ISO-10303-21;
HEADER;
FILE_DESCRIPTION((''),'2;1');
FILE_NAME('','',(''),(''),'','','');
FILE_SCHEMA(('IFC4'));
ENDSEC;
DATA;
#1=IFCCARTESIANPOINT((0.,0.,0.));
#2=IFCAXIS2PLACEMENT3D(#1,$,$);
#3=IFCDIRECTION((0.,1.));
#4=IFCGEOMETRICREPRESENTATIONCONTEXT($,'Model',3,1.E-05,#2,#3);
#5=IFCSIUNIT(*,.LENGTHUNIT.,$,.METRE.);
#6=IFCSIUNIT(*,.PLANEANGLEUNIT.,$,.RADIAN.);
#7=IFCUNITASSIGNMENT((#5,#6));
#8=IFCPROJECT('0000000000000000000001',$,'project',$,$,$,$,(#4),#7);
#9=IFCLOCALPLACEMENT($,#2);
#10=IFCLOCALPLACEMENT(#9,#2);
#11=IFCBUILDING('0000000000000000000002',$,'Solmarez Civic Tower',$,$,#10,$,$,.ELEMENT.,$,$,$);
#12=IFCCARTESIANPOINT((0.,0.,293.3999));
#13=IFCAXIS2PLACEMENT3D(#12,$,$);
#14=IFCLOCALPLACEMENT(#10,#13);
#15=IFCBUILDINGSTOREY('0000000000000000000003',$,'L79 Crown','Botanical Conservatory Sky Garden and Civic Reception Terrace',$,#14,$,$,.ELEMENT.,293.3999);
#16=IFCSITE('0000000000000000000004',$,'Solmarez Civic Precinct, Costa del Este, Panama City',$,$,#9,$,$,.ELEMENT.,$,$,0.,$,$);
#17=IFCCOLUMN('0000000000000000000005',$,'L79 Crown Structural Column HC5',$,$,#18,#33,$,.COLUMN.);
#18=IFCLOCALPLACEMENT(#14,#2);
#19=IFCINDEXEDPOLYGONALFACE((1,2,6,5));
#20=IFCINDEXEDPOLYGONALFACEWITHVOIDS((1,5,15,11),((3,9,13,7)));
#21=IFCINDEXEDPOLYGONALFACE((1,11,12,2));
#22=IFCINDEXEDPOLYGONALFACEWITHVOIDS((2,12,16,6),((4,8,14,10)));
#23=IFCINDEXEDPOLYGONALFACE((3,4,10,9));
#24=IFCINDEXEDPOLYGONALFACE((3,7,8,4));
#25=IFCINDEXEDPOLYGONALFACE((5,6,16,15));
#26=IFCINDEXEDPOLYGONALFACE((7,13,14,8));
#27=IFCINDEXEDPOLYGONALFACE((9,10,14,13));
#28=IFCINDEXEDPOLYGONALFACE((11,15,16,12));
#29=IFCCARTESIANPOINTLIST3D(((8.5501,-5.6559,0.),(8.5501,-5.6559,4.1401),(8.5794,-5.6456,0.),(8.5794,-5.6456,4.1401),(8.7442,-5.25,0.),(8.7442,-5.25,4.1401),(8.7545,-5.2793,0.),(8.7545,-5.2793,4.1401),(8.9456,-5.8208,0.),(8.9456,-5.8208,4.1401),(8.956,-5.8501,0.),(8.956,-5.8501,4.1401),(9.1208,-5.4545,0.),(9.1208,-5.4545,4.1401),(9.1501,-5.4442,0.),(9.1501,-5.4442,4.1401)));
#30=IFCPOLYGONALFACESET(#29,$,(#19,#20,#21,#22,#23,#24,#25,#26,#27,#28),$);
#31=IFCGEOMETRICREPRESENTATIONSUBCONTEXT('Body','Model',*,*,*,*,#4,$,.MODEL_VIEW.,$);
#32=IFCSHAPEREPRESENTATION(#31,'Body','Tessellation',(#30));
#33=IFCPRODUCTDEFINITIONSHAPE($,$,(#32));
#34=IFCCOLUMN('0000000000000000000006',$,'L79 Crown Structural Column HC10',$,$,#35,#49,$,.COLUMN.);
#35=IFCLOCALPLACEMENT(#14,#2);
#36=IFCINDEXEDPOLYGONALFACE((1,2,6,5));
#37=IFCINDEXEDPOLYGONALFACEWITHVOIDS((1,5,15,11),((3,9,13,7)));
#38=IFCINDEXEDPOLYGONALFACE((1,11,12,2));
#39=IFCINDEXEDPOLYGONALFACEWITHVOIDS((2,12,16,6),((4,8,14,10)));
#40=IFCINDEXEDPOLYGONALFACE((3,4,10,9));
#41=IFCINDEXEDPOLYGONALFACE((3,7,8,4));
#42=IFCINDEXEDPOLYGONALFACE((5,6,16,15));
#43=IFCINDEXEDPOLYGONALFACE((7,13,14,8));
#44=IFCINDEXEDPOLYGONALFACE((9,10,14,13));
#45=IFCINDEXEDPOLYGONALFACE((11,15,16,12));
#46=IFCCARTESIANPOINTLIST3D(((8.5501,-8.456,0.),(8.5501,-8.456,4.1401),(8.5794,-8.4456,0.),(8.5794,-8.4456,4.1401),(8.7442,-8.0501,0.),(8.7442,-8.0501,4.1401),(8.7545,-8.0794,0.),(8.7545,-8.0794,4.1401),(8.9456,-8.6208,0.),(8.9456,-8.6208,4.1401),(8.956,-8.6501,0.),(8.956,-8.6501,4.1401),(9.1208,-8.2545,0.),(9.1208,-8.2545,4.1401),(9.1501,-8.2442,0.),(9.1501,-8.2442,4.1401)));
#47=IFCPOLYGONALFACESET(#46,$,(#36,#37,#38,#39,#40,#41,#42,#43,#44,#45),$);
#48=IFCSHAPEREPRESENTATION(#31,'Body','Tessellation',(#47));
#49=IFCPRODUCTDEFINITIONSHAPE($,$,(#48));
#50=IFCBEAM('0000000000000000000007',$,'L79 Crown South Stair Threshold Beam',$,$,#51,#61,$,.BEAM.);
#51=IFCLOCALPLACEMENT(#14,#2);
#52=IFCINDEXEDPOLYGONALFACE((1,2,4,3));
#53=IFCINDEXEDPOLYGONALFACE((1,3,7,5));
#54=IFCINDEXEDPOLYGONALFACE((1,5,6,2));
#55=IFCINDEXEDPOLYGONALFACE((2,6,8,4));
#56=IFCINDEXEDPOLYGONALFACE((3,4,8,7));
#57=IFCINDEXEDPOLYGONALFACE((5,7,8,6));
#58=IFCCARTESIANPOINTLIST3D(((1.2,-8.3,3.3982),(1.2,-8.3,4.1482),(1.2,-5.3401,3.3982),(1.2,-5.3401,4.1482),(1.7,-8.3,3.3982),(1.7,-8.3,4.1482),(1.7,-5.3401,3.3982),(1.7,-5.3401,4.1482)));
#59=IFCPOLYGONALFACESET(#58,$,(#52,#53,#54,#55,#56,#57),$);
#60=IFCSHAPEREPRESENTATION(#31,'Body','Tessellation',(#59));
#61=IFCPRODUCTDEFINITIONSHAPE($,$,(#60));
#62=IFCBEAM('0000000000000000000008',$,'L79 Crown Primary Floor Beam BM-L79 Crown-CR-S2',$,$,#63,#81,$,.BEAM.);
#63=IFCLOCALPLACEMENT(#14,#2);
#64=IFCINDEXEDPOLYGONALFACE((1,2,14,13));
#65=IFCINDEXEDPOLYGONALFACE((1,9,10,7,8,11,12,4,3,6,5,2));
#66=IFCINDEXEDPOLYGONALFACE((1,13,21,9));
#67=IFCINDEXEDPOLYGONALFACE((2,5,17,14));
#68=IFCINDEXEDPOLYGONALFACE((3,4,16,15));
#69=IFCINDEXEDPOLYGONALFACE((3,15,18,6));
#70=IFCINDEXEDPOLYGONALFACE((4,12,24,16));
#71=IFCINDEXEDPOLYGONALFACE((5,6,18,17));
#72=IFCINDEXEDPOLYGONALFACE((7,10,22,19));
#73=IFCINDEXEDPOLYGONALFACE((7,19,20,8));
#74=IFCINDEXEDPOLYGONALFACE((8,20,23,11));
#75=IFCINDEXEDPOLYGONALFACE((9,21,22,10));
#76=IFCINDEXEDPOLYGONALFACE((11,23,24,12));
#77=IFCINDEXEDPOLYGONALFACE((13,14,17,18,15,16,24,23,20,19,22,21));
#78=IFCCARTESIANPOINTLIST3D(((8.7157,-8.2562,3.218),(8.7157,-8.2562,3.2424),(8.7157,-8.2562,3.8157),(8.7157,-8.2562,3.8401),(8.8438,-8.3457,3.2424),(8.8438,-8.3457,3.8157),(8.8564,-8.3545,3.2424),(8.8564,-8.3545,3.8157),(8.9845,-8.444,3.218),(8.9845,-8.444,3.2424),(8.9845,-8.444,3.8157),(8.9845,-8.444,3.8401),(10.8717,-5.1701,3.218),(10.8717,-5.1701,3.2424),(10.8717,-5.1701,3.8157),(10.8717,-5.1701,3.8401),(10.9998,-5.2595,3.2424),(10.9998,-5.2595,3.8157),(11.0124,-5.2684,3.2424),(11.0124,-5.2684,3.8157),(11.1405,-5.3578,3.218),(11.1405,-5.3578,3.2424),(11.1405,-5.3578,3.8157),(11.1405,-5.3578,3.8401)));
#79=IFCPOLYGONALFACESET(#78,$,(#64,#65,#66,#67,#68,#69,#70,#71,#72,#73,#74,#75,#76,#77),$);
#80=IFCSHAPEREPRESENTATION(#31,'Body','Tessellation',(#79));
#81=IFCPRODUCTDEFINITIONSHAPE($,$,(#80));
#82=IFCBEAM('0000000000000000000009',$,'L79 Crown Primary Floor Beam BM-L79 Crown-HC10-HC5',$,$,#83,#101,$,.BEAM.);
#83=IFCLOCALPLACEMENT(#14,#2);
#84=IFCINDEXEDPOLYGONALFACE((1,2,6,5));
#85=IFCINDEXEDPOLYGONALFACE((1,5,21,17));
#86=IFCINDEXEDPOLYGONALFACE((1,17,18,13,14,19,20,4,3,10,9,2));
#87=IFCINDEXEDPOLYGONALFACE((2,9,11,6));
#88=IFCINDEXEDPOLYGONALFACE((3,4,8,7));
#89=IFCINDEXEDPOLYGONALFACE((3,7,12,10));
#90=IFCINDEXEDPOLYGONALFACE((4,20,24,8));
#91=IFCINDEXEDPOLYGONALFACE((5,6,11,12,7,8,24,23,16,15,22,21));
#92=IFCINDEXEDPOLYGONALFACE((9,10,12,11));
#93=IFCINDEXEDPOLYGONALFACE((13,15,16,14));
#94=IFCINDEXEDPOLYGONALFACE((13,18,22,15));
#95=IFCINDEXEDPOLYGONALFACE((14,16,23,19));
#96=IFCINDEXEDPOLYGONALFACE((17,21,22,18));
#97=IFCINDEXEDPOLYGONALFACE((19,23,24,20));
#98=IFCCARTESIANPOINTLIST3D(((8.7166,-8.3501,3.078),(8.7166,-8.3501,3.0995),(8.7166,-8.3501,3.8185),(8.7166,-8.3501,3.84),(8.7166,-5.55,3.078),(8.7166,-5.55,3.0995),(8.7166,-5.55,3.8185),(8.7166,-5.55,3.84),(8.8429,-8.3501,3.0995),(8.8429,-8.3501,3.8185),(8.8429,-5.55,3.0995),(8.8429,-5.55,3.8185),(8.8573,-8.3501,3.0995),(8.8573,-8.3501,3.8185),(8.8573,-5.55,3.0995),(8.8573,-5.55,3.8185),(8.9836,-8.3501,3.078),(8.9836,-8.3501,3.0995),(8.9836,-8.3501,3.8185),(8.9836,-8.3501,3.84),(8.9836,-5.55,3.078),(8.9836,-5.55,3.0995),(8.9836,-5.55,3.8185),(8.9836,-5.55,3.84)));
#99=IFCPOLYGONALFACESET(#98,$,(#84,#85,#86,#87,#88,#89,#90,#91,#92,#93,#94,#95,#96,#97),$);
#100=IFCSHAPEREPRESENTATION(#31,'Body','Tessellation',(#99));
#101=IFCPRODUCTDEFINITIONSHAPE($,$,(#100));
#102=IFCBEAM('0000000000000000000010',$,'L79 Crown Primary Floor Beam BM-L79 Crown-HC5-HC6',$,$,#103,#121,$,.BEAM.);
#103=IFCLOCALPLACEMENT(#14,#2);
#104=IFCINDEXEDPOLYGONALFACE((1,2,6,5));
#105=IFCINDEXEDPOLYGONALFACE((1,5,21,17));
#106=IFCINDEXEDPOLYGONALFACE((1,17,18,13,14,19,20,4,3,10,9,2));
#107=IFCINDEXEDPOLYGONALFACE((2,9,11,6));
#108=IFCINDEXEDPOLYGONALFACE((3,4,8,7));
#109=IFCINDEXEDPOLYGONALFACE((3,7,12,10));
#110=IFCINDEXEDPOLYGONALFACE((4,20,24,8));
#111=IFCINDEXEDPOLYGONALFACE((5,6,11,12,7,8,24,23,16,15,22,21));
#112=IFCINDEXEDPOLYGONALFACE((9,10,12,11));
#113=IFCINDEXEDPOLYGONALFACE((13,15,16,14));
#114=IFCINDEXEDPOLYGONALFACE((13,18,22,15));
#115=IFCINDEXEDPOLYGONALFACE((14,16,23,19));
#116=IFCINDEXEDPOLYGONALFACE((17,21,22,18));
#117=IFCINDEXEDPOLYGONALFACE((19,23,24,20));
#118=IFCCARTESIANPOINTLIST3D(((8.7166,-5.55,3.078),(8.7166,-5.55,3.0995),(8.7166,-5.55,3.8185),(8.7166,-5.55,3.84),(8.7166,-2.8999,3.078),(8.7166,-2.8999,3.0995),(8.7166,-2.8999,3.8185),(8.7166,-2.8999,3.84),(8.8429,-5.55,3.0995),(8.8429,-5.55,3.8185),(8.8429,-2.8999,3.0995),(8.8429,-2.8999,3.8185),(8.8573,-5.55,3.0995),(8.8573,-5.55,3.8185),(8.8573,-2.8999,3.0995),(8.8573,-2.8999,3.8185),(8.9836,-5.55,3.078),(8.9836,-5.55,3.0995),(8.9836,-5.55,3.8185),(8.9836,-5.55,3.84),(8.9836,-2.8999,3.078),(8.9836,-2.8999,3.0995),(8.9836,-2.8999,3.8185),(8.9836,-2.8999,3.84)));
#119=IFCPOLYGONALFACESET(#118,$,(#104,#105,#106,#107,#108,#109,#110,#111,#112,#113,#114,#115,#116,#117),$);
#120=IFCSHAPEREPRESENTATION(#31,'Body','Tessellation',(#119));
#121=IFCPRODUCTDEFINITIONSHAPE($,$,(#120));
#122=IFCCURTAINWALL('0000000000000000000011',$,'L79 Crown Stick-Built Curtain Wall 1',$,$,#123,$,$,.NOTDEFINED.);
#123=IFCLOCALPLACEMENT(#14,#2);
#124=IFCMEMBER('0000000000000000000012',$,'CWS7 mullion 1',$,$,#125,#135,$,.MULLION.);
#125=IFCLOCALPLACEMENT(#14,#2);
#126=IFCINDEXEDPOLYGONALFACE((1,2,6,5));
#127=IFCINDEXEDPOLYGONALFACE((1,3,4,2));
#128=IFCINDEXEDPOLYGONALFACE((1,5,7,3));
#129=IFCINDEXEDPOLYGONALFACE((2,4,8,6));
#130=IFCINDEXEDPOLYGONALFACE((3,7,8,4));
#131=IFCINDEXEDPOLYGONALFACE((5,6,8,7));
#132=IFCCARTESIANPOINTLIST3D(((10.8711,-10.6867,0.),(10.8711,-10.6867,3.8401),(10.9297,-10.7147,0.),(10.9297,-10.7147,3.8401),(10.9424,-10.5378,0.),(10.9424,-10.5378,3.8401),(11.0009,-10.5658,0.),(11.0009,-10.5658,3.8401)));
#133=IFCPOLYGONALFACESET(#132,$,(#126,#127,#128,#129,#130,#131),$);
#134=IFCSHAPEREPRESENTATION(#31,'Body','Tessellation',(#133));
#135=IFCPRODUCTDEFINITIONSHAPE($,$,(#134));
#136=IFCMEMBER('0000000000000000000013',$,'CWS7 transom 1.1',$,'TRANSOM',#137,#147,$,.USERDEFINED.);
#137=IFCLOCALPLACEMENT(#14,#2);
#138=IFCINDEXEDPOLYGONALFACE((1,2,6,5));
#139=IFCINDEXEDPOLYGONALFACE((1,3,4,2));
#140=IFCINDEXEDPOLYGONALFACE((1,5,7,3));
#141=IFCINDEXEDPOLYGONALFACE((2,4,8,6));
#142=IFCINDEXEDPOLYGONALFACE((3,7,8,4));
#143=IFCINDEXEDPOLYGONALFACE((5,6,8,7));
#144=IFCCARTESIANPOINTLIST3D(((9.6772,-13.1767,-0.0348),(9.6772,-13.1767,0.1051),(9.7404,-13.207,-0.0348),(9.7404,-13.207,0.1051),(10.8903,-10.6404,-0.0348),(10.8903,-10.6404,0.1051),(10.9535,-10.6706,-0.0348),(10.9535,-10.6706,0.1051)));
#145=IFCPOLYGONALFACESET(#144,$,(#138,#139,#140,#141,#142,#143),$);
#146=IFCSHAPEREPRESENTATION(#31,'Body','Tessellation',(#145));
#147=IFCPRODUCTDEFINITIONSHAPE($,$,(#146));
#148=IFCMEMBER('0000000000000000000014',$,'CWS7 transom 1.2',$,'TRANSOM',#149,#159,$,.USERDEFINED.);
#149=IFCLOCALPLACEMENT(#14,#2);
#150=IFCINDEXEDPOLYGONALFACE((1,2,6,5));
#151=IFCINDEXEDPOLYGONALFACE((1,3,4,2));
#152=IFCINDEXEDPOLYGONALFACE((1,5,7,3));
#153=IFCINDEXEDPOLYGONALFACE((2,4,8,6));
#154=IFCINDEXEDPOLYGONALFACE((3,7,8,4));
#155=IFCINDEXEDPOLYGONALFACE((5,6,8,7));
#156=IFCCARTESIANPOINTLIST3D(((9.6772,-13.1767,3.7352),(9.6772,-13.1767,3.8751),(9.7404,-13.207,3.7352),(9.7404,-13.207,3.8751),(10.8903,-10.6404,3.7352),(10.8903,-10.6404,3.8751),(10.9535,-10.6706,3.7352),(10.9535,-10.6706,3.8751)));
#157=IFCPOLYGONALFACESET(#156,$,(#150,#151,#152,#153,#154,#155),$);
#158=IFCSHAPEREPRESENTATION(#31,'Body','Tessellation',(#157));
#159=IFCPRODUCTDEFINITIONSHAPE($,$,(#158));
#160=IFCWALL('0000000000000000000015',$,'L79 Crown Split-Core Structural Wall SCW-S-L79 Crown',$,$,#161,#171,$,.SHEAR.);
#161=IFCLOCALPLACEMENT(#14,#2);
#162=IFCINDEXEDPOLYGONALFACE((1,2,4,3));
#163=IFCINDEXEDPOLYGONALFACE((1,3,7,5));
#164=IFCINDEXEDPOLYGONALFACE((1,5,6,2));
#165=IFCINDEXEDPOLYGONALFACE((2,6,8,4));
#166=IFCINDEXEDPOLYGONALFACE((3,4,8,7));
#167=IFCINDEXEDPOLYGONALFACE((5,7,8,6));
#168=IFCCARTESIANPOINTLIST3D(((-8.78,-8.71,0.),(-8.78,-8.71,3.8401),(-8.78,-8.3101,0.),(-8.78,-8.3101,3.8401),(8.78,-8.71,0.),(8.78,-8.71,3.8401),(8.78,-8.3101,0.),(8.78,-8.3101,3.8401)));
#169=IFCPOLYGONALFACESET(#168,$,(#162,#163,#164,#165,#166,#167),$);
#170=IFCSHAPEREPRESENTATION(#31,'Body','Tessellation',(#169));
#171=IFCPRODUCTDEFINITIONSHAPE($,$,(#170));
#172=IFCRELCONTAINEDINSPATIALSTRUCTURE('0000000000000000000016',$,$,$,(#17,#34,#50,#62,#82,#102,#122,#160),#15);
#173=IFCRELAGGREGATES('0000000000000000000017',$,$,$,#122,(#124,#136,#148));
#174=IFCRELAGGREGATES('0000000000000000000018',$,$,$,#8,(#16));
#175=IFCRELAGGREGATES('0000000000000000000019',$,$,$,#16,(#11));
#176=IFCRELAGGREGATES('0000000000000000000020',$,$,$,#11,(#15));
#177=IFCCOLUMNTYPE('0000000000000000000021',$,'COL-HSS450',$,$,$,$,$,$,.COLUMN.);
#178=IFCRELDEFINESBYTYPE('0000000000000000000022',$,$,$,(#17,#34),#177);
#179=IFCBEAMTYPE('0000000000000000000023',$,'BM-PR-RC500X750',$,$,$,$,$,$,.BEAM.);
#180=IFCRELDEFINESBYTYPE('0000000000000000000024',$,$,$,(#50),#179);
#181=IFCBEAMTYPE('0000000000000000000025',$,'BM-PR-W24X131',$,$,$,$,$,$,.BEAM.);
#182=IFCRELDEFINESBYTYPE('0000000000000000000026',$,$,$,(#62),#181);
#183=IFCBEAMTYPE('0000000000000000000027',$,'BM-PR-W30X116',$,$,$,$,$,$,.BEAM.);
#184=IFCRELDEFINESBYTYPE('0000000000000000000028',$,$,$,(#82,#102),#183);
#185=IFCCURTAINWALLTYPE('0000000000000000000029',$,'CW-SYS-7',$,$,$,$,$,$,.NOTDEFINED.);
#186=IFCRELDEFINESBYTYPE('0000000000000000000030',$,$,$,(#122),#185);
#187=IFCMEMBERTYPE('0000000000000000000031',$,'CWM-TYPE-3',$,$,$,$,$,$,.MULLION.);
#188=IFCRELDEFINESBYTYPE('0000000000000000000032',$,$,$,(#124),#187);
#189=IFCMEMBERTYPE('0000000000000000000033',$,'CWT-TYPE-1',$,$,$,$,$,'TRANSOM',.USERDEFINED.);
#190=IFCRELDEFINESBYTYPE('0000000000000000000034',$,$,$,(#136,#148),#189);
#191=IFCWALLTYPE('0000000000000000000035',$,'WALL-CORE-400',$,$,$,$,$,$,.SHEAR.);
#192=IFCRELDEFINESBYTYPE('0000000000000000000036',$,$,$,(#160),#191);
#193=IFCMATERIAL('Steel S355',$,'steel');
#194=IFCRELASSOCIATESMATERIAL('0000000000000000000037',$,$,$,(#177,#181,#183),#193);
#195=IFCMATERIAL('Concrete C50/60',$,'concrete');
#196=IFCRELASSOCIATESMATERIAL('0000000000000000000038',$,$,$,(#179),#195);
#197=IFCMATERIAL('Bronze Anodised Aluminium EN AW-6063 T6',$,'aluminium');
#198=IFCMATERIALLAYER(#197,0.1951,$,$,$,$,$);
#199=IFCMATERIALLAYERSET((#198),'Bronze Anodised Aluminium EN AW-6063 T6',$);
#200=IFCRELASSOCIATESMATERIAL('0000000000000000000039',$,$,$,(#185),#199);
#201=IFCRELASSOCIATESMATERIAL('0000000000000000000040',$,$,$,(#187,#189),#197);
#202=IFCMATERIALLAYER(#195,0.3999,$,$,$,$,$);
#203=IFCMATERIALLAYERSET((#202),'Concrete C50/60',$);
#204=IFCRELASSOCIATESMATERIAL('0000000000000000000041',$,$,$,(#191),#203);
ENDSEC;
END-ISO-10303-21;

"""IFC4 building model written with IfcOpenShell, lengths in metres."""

from ifc_helpers import new_model, si_unit, direction, frame, frame_2d, origin, origin_2d, place, context, subcontext, project, spatial, rectangle, hollow_rectangle, i_section, extrude, material, layer, layer_set, material_profile, profile_set, type_object, element, aggregate, save


model = new_model("IFC4")

# Units and contexts
model_context = context("Model", 3, precision=1e-05, world=origin(), true_north=direction((0.0, 1.0)))
body_context = subcontext(model_context, "Body", "Model", "MODEL_VIEW")
ifc_project = project(units=[si_unit("LENGTHUNIT", "METRE"), si_unit("PLANEANGLEUNIT", "RADIAN")], contexts=[model_context])

# Site, building, storey
site_placement = place(None, origin())
site = spatial("IfcSite", under=ifc_project, at=site_placement, Name="Solmarez Civic Precinct, Costa del Este, Panama City", CompositionType="ELEMENT", RefElevation=0.0)
building_placement = place(site_placement, origin())
building = spatial("IfcBuilding", under=site, at=building_placement, Name="Solmarez Civic Tower", CompositionType="ELEMENT")
storey_placement = place(building_placement, frame((0.0, 0.0, 293.3999)))
storey = spatial("IfcBuildingStorey", under=building, at=storey_placement, Name="L79 Crown", Description="Botanical Conservatory Sky Garden and Civic Reception Terrace", CompositionType="ELEMENT", Elevation=293.3999)

# Columns
ifc_material_1 = material(Name="Steel S355", Category="steel")
ifc_material_profile_1 = material_profile(ifc_material_1, hollow_rectangle(XDim=0.45, YDim=0.45, WallThickness=0.022, at=origin_2d()), Name="HSS450X450X22")
ifc_profile_set_1 = profile_set([ifc_material_profile_1], Name="Steel S355")
column_type = type_object("IfcColumnType", Name="COL-HSS450", PredefinedType="COLUMN", material=ifc_profile_set_1)
for number, where, z_axis, x_axis, name in (
    (1, (8.8501, -5.55, 0.0), (0.0, 0.0, 1.0), (0.431456, 0.902134, 0.0), "L79 Crown Structural Column HC5"),
    (2, (8.8501, -8.3501, 0.0), (0.0, 0.0, 1.0), (0.431456, 0.902134, 0.0), "L79 Crown Structural Column HC10"),
):
    element("IfcColumn", number, at=place(storey_placement, frame(where, z_axis=z_axis, x_axis=x_axis)), inside=storey, type_object=column_type, Name=name, PredefinedType="COLUMN", context=body_context, shape_type="SweptSolid", body=[
        extrude(hollow_rectangle(XDim=0.45, YDim=0.45, WallThickness=0.022, at=origin_2d()), origin(), (0.0, 0.0, 1.0), 4.1401),
    ])

# Beams
ifc_material_2 = material(Name="Concrete C50/60", Category="concrete")
ifc_material_profile_2 = material_profile(ifc_material_2, rectangle(XDim=0.5, YDim=0.75, at=origin_2d()), Name="RC500X750")
ifc_profile_set_2 = profile_set([ifc_material_profile_2], Name="Concrete C50/60")
beam_type_1 = type_object("IfcBeamType", Name="BM-PR-RC500X750", PredefinedType="BEAM", material=ifc_profile_set_2)
beam_1_placement = place(storey_placement, frame((1.45, -8.3, 3.7732), z_axis=(0.0, 1.0, 0.0), x_axis=(-1.0, 0.0, 0.0)))
element("IfcBeam", 3, at=beam_1_placement, inside=storey, type_object=beam_type_1, Name="L79 Crown South Stair Threshold Beam", PredefinedType="BEAM", context=body_context, shape_type="SweptSolid", body=[
    extrude(rectangle(XDim=0.5, YDim=0.75, at=origin_2d()), origin(), (0.0, 0.0, 1.0), 2.96),
])
ifc_material_profile_3 = material_profile(ifc_material_1, i_section(OverallWidth=0.3279, OverallDepth=0.6221, WebThickness=0.0154, FlangeThickness=0.0244, at=origin_2d()), Name="W24X131")
ifc_profile_set_3 = profile_set([ifc_material_profile_3], Name="Steel S355")
beam_type_2 = type_object("IfcBeamType", Name="BM-PR-W24X131", PredefinedType="BEAM", material=ifc_profile_set_3)
beam_2_placement = place(storey_placement, frame((8.8501, -8.3501, 3.5291), z_axis=(0.572692, 0.819771, 0.0), x_axis=(-0.819771, 0.572692, 0.0)))
element("IfcBeam", 4, at=beam_2_placement, inside=storey, type_object=beam_type_2, Name="L79 Crown Primary Floor Beam BM-L79 Crown-CR-S2", PredefinedType="BEAM", context=body_context, shape_type="SweptSolid", body=[
    extrude(i_section(OverallWidth=0.3279, OverallDepth=0.6221, WebThickness=0.0154, FlangeThickness=0.0244, at=origin_2d()), origin(), (0.0, 0.0, 1.0), 3.7646),
])
ifc_material_profile_4 = material_profile(ifc_material_1, i_section(OverallWidth=0.2671, OverallDepth=0.762, WebThickness=0.0144, FlangeThickness=0.0215, at=origin_2d()), Name="W30X116")
ifc_profile_set_4 = profile_set([ifc_material_profile_4], Name="Steel S355")
beam_type_3 = type_object("IfcBeamType", Name="BM-PR-W30X116", PredefinedType="BEAM", material=ifc_profile_set_4)
beam_3_placement = place(storey_placement, frame((8.8501, -8.3501, 3.459), z_axis=(0.0, 1.0, 0.0), x_axis=(-1.0, 0.0, 0.0)))
element("IfcBeam", 5, at=beam_3_placement, inside=storey, type_object=beam_type_3, Name="L79 Crown Primary Floor Beam BM-L79 Crown-HC10-HC5", PredefinedType="BEAM", context=body_context, shape_type="SweptSolid", body=[
    extrude(i_section(OverallWidth=0.2671, OverallDepth=0.762, WebThickness=0.0144, FlangeThickness=0.0215, at=origin_2d()), origin(), (0.0, 0.0, 1.0), 2.8),
])
beam_4_placement = place(storey_placement, frame((8.8501, -5.55, 3.459), z_axis=(0.0, 1.0, 0.0), x_axis=(-1.0, 0.0, 0.0)))
element("IfcBeam", 6, at=beam_4_placement, inside=storey, type_object=beam_type_3, Name="L79 Crown Primary Floor Beam BM-L79 Crown-HC5-HC6", PredefinedType="BEAM", context=body_context, shape_type="SweptSolid", body=[
    extrude(i_section(OverallWidth=0.2671, OverallDepth=0.762, WebThickness=0.0144, FlangeThickness=0.0215, at=origin_2d()), origin(), (0.0, 0.0, 1.0), 2.6501),
])

# Curtain wall, members
ifc_material_3 = material(Name="Bronze Anodised Aluminium EN AW-6063 T6", Category="aluminium")
ifc_layer_1 = layer(ifc_material_3, 0.1951)
ifc_layer_set_1 = layer_set([ifc_layer_1], Name="Bronze Anodised Aluminium EN AW-6063 T6")
curtain_wall_type = type_object("IfcCurtainWallType", Name="CW-SYS-7", PredefinedType="NOTDEFINED", material=ifc_layer_set_1)
curtain_wall_placement = place(storey_placement, origin())
curtain_wall = element("IfcCurtainWall", 7, at=curtain_wall_placement, inside=storey, type_object=curtain_wall_type, Name="L79 Crown Stick-Built Curtain Wall 1", PredefinedType="NOTDEFINED")
ifc_material_profile_5 = material_profile(ifc_material_3, rectangle(XDim=0.0649, YDim=0.165, at=origin_2d()), Name="CWM-65X165")
ifc_profile_set_5 = profile_set([ifc_material_profile_5], Name="Bronze Anodised Aluminium EN AW-6063 T6")
member_type_1 = type_object("IfcMemberType", Name="CWM-TYPE-3", PredefinedType="MULLION", material=ifc_profile_set_5)
member_1_placement = place(storey_placement, frame((10.936, -10.6262, 0.0), z_axis=(0.0, 0.0, 1.0), x_axis=(0.902105, -0.431516, 0.0)))
member_1 = element("IfcMember", 8, at=member_1_placement, type_object=member_type_1, Name="CWS7 mullion 1", PredefinedType="MULLION", context=body_context, shape_type="SweptSolid", body=[
    extrude(rectangle(XDim=0.0649, YDim=0.165, at=origin_2d()), origin(), (0.0, 0.0, 1.0), 3.8401),
])
ifc_material_profile_6 = material_profile(ifc_material_3, rectangle(XDim=0.0701, YDim=0.1399, at=origin_2d()), Name="CWT-70X140")
ifc_profile_set_6 = profile_set([ifc_material_profile_6], Name="Bronze Anodised Aluminium EN AW-6063 T6")
member_type_2 = type_object("IfcMemberType", Name="CWT-TYPE-1", ElementType="TRANSOM", PredefinedType="USERDEFINED", material=ifc_profile_set_6)
member_2_placement = place(storey_placement, frame((10.9219, -10.6555, 0.0352), z_axis=(-0.43148, -0.902122, 0.0), x_axis=(0.902122, -0.43148, 0.0)))
member_2 = element("IfcMember", 9, at=member_2_placement, type_object=member_type_2, Name="CWS7 transom 1.1", ObjectType="TRANSOM", PredefinedType="USERDEFINED", context=body_context, shape_type="SweptSolid", body=[
    extrude(rectangle(XDim=0.0701, YDim=0.1399, at=origin_2d()), origin(), (0.0, 0.0, 1.0), 2.8115),
])
member_3_placement = place(storey_placement, frame((10.9219, -10.6555, 3.8052), z_axis=(-0.43148, -0.902122, 0.0), x_axis=(0.902122, -0.43148, 0.0)))
member_3 = element("IfcMember", 10, at=member_3_placement, type_object=member_type_2, Name="CWS7 transom 1.2", ObjectType="TRANSOM", PredefinedType="USERDEFINED", context=body_context, shape_type="SweptSolid", body=[
    extrude(rectangle(XDim=0.0701, YDim=0.1399, at=origin_2d()), origin(), (0.0, 0.0, 1.0), 2.8115),
])
aggregate(curtain_wall, [member_1, member_2, member_3])

# Wall
ifc_layer_2 = layer(ifc_material_2, 0.3999)
ifc_layer_set_2 = layer_set([ifc_layer_2], Name="Concrete C50/60")
wall_type_1 = type_object("IfcWallType", Name="WALL-CORE-400", PredefinedType="SHEAR", material=ifc_layer_set_2)
wall_1_placement = place(storey_placement, frame((8.78, -8.51, 0.0), z_axis=(0.0, 0.0, 1.0), x_axis=(-1.0, 0.0, 0.0)))
element("IfcWall", 11, at=wall_1_placement, inside=storey, type_object=wall_type_1, Name="L79 Crown Split-Core Structural Wall SCW-S-L79 Crown", PredefinedType="SHEAR", context=body_context, shape_type="SweptSolid", body=[
    extrude(rectangle(XDim=17.5601, YDim=0.3999, at=frame_2d((8.78, 0.0))), origin(), (0.0, 0.0, 1.0), 3.8401),
])

save(model, "model.ifc")
